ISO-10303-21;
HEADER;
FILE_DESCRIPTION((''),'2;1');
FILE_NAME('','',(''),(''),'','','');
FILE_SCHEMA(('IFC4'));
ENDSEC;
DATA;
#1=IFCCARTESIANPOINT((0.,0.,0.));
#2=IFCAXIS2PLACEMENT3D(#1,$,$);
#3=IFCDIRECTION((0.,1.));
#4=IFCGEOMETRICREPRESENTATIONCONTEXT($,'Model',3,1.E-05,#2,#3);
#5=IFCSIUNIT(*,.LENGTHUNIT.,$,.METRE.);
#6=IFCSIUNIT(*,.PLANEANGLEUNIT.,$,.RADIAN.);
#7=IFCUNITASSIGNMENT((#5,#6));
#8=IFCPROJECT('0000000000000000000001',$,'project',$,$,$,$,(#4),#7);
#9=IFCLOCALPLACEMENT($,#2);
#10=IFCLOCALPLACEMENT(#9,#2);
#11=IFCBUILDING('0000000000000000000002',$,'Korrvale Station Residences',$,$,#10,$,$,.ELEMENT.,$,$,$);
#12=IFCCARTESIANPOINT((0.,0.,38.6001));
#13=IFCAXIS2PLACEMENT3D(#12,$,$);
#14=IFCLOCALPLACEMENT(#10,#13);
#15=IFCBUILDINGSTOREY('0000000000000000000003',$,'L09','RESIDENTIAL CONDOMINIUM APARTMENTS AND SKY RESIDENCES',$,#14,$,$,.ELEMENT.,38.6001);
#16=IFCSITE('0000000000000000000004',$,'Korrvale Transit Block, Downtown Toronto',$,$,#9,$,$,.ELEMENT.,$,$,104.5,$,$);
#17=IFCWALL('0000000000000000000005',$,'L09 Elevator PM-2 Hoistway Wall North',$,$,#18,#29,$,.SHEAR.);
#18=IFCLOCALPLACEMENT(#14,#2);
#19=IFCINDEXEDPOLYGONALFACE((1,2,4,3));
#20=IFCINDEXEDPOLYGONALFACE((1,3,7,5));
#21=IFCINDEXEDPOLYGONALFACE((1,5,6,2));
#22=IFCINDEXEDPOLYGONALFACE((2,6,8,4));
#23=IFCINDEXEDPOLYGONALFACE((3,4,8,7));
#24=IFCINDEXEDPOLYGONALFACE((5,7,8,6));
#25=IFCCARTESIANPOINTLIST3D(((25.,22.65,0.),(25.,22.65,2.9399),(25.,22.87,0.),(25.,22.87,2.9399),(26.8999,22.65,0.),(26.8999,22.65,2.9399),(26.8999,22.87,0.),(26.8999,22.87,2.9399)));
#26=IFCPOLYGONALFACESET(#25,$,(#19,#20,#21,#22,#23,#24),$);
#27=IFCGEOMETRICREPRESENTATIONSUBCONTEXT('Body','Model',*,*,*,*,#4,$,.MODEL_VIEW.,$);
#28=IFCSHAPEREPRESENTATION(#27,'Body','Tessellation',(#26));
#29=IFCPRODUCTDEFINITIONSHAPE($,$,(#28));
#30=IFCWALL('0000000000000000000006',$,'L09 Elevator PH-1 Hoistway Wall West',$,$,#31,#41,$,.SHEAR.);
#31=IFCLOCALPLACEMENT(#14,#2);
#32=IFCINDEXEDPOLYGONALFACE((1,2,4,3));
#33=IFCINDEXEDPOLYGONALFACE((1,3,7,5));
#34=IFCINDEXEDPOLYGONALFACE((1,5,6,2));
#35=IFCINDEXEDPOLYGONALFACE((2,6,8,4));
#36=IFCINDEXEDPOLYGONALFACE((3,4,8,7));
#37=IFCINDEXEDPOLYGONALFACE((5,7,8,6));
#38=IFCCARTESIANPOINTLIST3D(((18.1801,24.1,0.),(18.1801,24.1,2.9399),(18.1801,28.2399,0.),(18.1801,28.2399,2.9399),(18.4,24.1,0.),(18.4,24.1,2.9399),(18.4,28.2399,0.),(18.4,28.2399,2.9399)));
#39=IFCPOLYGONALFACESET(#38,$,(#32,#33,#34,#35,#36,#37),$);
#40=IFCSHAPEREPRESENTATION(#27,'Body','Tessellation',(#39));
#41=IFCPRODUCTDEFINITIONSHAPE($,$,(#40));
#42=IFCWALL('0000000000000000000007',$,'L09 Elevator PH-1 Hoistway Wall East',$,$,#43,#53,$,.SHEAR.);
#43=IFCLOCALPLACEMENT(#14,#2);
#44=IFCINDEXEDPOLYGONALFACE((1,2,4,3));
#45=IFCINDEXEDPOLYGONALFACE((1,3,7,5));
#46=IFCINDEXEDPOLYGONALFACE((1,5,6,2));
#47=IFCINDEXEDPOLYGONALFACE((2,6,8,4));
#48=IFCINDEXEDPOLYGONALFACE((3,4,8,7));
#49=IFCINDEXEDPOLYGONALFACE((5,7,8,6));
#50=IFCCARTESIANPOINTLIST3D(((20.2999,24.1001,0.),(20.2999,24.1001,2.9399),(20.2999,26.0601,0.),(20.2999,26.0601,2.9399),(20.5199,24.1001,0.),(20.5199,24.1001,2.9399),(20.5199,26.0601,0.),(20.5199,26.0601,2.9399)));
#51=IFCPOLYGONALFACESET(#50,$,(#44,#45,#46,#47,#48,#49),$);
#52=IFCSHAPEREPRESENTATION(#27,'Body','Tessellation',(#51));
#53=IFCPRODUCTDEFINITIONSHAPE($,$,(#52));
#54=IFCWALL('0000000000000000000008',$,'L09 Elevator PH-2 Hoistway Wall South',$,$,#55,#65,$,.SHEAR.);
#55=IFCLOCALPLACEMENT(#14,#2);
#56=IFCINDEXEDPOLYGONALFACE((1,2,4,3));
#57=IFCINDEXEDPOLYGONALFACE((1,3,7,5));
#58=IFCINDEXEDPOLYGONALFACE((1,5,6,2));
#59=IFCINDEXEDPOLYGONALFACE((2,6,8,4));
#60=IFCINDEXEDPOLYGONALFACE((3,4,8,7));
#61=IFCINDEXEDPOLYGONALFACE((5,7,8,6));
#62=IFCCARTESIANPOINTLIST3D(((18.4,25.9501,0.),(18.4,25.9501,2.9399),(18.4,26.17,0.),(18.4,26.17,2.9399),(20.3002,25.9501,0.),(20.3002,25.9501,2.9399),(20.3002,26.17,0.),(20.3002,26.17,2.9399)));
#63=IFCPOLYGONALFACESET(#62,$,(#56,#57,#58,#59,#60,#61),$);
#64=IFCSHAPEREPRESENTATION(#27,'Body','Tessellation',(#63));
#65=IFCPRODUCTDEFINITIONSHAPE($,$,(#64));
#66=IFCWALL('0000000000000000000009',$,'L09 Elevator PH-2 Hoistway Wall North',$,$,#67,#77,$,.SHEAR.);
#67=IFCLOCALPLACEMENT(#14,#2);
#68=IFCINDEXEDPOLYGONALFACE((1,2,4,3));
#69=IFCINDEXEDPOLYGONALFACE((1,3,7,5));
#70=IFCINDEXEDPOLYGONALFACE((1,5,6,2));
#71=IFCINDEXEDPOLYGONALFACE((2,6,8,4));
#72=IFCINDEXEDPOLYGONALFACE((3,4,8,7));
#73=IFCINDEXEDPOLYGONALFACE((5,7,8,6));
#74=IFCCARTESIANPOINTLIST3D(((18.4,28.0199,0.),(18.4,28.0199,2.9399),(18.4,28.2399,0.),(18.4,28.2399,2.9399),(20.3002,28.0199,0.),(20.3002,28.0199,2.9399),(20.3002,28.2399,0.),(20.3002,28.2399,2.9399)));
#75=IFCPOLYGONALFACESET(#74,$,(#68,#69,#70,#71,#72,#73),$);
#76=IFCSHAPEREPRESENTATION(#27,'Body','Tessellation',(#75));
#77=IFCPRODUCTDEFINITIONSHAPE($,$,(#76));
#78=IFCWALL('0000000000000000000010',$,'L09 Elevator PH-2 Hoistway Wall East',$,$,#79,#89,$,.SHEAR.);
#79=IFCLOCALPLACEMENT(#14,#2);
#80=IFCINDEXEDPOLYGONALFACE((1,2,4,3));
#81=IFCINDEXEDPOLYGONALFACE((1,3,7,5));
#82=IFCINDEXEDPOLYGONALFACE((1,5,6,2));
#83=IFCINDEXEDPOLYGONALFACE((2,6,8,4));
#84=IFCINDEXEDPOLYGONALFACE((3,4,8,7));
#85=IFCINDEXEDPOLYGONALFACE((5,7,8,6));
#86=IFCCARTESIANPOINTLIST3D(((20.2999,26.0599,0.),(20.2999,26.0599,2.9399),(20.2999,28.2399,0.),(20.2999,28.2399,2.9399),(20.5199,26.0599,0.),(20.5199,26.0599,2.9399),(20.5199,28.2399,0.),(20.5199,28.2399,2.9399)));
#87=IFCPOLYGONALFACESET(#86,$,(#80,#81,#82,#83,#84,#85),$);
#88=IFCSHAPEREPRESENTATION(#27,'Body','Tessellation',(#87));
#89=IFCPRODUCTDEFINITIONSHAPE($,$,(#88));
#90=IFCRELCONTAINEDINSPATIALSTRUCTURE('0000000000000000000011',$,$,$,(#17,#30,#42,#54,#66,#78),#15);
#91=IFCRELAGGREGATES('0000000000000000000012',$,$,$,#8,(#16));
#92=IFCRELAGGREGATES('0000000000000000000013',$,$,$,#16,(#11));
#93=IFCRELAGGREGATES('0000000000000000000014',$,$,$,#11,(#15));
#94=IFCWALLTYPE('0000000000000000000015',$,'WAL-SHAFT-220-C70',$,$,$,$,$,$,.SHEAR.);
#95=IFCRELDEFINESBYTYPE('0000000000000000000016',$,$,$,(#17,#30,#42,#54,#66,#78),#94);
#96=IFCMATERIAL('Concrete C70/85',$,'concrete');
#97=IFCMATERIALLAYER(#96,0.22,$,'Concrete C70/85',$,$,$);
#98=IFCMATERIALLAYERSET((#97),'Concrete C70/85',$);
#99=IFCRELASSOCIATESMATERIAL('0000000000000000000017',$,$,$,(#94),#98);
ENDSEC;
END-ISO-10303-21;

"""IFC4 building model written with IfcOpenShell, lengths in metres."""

from ifc_helpers import new_model, si_unit, direction, frame, frame_2d, origin, place, context, subcontext, project, spatial, rectangle, extrude, material, layer, layer_set, type_object, element, save


model = new_model("IFC4")

# Units and contexts
model_context = context("Model", 3, precision=1e-05, world=origin(), true_north=direction((0.0, 1.0)))
body_context = subcontext(model_context, "Body", "Model", "MODEL_VIEW")
ifc_project = project(units=[si_unit("LENGTHUNIT", "METRE"), si_unit("PLANEANGLEUNIT", "RADIAN")], contexts=[model_context])

# Site, building, storey
site_placement = place(None, origin())
site = spatial("IfcSite", under=ifc_project, at=site_placement, Name="Korrvale Transit Block, Downtown Toronto", CompositionType="ELEMENT", RefElevation=104.5)
building_placement = place(site_placement, origin())
building = spatial("IfcBuilding", under=site, at=building_placement, Name="Korrvale Station Residences", CompositionType="ELEMENT")
storey_placement = place(building_placement, frame((0.0, 0.0, 38.6001)))
storey = spatial("IfcBuildingStorey", under=building, at=storey_placement, Name="L09", Description="RESIDENTIAL CONDOMINIUM APARTMENTS AND SKY RESIDENCES", CompositionType="ELEMENT", Elevation=38.6001)

# Shared definitions
ifc_material_1 = material(Name="Concrete C70/85", Category="concrete")

# Shared definitions
ifc_layer_1 = layer(ifc_material_1, 0.22, Name="Concrete C70/85")
ifc_layer_set_1 = layer_set([ifc_layer_1], Name="Concrete C70/85")
wall_type_1 = type_object("IfcWallType", Name="WAL-SHAFT-220-C70", PredefinedType="SHEAR", material=ifc_layer_set_1)

# Walls
for number, where, z_axis, x_axis, name in (
    (1, (25.0, 22.76, 0.0), (0.0, 0.0, 1.0), (1.0, 0.0, 0.0), "L09 Elevator PM-2 Hoistway Wall North"),
):
    element("IfcWall", number, at=place(storey_placement, frame(where, z_axis=z_axis, x_axis=x_axis)), inside=storey, type_object=wall_type_1, Name=name, PredefinedType="SHEAR", context=body_context, shape_type="SweptSolid", body=[
        extrude(rectangle(XDim=1.8999, YDim=0.22, at=frame_2d((0.95, 0.0))), origin(), (0.0, 0.0, 1.0), 2.9399),
    ])
wall_1_placement = place(storey_placement, frame((18.29, 24.1001, 0.0), z_axis=(0.0, 0.0, 1.0), x_axis=(0.0, 1.0, 0.0)))
element("IfcWall", 2, at=wall_1_placement, inside=storey, type_object=wall_type_1, Name="L09 Elevator PH-1 Hoistway Wall West", PredefinedType="SHEAR", context=body_context, shape_type="SweptSolid", body=[
    extrude(rectangle(XDim=4.1399, YDim=0.22, at=frame_2d((2.0698, 0.0))), origin(), (0.0, 0.0, 1.0), 2.9399),
])
wall_2_placement = place(storey_placement, frame((20.4099, 24.1001, 0.0), z_axis=(0.0, 0.0, 1.0), x_axis=(0.0, 1.0, 0.0)))
element("IfcWall", 3, at=wall_2_placement, inside=storey, type_object=wall_type_1, Name="L09 Elevator PH-1 Hoistway Wall East", PredefinedType="SHEAR", context=body_context, shape_type="SweptSolid", body=[
    extrude(rectangle(XDim=1.96, YDim=0.22, at=frame_2d((0.98, 0.0))), origin(), (0.0, 0.0, 1.0), 2.9399),
])
for number, where, z_axis, x_axis, name in (
    (4, (18.3999, 26.0601, 0.0), (0.0, 0.0, 1.0), (1.0, 0.0, 0.0), "L09 Elevator PH-2 Hoistway Wall South"),
    (5, (18.3999, 28.1299, 0.0), (0.0, 0.0, 1.0), (1.0, 0.0, 0.0), "L09 Elevator PH-2 Hoistway Wall North"),
):
    element("IfcWall", number, at=place(storey_placement, frame(where, z_axis=z_axis, x_axis=x_axis)), inside=storey, type_object=wall_type_1, Name=name, PredefinedType="SHEAR", context=body_context, shape_type="SweptSolid", body=[
        extrude(rectangle(XDim=1.9001, YDim=0.22, at=frame_2d((0.9502, 0.0))), origin(), (0.0, 0.0, 1.0), 2.9399),
    ])
wall_3_placement = place(storey_placement, frame((20.4099, 26.0601, 0.0), z_axis=(0.0, 0.0, 1.0), x_axis=(0.0, 1.0, 0.0)))
element("IfcWall", 6, at=wall_3_placement, inside=storey, type_object=wall_type_1, Name="L09 Elevator PH-2 Hoistway Wall East", PredefinedType="SHEAR", context=body_context, shape_type="SweptSolid", body=[
    extrude(rectangle(XDim=2.1799, YDim=0.22, at=frame_2d((1.0898, 0.0))), origin(), (0.0, 0.0, 1.0), 2.9399),
])

save(model, "model.ifc")
